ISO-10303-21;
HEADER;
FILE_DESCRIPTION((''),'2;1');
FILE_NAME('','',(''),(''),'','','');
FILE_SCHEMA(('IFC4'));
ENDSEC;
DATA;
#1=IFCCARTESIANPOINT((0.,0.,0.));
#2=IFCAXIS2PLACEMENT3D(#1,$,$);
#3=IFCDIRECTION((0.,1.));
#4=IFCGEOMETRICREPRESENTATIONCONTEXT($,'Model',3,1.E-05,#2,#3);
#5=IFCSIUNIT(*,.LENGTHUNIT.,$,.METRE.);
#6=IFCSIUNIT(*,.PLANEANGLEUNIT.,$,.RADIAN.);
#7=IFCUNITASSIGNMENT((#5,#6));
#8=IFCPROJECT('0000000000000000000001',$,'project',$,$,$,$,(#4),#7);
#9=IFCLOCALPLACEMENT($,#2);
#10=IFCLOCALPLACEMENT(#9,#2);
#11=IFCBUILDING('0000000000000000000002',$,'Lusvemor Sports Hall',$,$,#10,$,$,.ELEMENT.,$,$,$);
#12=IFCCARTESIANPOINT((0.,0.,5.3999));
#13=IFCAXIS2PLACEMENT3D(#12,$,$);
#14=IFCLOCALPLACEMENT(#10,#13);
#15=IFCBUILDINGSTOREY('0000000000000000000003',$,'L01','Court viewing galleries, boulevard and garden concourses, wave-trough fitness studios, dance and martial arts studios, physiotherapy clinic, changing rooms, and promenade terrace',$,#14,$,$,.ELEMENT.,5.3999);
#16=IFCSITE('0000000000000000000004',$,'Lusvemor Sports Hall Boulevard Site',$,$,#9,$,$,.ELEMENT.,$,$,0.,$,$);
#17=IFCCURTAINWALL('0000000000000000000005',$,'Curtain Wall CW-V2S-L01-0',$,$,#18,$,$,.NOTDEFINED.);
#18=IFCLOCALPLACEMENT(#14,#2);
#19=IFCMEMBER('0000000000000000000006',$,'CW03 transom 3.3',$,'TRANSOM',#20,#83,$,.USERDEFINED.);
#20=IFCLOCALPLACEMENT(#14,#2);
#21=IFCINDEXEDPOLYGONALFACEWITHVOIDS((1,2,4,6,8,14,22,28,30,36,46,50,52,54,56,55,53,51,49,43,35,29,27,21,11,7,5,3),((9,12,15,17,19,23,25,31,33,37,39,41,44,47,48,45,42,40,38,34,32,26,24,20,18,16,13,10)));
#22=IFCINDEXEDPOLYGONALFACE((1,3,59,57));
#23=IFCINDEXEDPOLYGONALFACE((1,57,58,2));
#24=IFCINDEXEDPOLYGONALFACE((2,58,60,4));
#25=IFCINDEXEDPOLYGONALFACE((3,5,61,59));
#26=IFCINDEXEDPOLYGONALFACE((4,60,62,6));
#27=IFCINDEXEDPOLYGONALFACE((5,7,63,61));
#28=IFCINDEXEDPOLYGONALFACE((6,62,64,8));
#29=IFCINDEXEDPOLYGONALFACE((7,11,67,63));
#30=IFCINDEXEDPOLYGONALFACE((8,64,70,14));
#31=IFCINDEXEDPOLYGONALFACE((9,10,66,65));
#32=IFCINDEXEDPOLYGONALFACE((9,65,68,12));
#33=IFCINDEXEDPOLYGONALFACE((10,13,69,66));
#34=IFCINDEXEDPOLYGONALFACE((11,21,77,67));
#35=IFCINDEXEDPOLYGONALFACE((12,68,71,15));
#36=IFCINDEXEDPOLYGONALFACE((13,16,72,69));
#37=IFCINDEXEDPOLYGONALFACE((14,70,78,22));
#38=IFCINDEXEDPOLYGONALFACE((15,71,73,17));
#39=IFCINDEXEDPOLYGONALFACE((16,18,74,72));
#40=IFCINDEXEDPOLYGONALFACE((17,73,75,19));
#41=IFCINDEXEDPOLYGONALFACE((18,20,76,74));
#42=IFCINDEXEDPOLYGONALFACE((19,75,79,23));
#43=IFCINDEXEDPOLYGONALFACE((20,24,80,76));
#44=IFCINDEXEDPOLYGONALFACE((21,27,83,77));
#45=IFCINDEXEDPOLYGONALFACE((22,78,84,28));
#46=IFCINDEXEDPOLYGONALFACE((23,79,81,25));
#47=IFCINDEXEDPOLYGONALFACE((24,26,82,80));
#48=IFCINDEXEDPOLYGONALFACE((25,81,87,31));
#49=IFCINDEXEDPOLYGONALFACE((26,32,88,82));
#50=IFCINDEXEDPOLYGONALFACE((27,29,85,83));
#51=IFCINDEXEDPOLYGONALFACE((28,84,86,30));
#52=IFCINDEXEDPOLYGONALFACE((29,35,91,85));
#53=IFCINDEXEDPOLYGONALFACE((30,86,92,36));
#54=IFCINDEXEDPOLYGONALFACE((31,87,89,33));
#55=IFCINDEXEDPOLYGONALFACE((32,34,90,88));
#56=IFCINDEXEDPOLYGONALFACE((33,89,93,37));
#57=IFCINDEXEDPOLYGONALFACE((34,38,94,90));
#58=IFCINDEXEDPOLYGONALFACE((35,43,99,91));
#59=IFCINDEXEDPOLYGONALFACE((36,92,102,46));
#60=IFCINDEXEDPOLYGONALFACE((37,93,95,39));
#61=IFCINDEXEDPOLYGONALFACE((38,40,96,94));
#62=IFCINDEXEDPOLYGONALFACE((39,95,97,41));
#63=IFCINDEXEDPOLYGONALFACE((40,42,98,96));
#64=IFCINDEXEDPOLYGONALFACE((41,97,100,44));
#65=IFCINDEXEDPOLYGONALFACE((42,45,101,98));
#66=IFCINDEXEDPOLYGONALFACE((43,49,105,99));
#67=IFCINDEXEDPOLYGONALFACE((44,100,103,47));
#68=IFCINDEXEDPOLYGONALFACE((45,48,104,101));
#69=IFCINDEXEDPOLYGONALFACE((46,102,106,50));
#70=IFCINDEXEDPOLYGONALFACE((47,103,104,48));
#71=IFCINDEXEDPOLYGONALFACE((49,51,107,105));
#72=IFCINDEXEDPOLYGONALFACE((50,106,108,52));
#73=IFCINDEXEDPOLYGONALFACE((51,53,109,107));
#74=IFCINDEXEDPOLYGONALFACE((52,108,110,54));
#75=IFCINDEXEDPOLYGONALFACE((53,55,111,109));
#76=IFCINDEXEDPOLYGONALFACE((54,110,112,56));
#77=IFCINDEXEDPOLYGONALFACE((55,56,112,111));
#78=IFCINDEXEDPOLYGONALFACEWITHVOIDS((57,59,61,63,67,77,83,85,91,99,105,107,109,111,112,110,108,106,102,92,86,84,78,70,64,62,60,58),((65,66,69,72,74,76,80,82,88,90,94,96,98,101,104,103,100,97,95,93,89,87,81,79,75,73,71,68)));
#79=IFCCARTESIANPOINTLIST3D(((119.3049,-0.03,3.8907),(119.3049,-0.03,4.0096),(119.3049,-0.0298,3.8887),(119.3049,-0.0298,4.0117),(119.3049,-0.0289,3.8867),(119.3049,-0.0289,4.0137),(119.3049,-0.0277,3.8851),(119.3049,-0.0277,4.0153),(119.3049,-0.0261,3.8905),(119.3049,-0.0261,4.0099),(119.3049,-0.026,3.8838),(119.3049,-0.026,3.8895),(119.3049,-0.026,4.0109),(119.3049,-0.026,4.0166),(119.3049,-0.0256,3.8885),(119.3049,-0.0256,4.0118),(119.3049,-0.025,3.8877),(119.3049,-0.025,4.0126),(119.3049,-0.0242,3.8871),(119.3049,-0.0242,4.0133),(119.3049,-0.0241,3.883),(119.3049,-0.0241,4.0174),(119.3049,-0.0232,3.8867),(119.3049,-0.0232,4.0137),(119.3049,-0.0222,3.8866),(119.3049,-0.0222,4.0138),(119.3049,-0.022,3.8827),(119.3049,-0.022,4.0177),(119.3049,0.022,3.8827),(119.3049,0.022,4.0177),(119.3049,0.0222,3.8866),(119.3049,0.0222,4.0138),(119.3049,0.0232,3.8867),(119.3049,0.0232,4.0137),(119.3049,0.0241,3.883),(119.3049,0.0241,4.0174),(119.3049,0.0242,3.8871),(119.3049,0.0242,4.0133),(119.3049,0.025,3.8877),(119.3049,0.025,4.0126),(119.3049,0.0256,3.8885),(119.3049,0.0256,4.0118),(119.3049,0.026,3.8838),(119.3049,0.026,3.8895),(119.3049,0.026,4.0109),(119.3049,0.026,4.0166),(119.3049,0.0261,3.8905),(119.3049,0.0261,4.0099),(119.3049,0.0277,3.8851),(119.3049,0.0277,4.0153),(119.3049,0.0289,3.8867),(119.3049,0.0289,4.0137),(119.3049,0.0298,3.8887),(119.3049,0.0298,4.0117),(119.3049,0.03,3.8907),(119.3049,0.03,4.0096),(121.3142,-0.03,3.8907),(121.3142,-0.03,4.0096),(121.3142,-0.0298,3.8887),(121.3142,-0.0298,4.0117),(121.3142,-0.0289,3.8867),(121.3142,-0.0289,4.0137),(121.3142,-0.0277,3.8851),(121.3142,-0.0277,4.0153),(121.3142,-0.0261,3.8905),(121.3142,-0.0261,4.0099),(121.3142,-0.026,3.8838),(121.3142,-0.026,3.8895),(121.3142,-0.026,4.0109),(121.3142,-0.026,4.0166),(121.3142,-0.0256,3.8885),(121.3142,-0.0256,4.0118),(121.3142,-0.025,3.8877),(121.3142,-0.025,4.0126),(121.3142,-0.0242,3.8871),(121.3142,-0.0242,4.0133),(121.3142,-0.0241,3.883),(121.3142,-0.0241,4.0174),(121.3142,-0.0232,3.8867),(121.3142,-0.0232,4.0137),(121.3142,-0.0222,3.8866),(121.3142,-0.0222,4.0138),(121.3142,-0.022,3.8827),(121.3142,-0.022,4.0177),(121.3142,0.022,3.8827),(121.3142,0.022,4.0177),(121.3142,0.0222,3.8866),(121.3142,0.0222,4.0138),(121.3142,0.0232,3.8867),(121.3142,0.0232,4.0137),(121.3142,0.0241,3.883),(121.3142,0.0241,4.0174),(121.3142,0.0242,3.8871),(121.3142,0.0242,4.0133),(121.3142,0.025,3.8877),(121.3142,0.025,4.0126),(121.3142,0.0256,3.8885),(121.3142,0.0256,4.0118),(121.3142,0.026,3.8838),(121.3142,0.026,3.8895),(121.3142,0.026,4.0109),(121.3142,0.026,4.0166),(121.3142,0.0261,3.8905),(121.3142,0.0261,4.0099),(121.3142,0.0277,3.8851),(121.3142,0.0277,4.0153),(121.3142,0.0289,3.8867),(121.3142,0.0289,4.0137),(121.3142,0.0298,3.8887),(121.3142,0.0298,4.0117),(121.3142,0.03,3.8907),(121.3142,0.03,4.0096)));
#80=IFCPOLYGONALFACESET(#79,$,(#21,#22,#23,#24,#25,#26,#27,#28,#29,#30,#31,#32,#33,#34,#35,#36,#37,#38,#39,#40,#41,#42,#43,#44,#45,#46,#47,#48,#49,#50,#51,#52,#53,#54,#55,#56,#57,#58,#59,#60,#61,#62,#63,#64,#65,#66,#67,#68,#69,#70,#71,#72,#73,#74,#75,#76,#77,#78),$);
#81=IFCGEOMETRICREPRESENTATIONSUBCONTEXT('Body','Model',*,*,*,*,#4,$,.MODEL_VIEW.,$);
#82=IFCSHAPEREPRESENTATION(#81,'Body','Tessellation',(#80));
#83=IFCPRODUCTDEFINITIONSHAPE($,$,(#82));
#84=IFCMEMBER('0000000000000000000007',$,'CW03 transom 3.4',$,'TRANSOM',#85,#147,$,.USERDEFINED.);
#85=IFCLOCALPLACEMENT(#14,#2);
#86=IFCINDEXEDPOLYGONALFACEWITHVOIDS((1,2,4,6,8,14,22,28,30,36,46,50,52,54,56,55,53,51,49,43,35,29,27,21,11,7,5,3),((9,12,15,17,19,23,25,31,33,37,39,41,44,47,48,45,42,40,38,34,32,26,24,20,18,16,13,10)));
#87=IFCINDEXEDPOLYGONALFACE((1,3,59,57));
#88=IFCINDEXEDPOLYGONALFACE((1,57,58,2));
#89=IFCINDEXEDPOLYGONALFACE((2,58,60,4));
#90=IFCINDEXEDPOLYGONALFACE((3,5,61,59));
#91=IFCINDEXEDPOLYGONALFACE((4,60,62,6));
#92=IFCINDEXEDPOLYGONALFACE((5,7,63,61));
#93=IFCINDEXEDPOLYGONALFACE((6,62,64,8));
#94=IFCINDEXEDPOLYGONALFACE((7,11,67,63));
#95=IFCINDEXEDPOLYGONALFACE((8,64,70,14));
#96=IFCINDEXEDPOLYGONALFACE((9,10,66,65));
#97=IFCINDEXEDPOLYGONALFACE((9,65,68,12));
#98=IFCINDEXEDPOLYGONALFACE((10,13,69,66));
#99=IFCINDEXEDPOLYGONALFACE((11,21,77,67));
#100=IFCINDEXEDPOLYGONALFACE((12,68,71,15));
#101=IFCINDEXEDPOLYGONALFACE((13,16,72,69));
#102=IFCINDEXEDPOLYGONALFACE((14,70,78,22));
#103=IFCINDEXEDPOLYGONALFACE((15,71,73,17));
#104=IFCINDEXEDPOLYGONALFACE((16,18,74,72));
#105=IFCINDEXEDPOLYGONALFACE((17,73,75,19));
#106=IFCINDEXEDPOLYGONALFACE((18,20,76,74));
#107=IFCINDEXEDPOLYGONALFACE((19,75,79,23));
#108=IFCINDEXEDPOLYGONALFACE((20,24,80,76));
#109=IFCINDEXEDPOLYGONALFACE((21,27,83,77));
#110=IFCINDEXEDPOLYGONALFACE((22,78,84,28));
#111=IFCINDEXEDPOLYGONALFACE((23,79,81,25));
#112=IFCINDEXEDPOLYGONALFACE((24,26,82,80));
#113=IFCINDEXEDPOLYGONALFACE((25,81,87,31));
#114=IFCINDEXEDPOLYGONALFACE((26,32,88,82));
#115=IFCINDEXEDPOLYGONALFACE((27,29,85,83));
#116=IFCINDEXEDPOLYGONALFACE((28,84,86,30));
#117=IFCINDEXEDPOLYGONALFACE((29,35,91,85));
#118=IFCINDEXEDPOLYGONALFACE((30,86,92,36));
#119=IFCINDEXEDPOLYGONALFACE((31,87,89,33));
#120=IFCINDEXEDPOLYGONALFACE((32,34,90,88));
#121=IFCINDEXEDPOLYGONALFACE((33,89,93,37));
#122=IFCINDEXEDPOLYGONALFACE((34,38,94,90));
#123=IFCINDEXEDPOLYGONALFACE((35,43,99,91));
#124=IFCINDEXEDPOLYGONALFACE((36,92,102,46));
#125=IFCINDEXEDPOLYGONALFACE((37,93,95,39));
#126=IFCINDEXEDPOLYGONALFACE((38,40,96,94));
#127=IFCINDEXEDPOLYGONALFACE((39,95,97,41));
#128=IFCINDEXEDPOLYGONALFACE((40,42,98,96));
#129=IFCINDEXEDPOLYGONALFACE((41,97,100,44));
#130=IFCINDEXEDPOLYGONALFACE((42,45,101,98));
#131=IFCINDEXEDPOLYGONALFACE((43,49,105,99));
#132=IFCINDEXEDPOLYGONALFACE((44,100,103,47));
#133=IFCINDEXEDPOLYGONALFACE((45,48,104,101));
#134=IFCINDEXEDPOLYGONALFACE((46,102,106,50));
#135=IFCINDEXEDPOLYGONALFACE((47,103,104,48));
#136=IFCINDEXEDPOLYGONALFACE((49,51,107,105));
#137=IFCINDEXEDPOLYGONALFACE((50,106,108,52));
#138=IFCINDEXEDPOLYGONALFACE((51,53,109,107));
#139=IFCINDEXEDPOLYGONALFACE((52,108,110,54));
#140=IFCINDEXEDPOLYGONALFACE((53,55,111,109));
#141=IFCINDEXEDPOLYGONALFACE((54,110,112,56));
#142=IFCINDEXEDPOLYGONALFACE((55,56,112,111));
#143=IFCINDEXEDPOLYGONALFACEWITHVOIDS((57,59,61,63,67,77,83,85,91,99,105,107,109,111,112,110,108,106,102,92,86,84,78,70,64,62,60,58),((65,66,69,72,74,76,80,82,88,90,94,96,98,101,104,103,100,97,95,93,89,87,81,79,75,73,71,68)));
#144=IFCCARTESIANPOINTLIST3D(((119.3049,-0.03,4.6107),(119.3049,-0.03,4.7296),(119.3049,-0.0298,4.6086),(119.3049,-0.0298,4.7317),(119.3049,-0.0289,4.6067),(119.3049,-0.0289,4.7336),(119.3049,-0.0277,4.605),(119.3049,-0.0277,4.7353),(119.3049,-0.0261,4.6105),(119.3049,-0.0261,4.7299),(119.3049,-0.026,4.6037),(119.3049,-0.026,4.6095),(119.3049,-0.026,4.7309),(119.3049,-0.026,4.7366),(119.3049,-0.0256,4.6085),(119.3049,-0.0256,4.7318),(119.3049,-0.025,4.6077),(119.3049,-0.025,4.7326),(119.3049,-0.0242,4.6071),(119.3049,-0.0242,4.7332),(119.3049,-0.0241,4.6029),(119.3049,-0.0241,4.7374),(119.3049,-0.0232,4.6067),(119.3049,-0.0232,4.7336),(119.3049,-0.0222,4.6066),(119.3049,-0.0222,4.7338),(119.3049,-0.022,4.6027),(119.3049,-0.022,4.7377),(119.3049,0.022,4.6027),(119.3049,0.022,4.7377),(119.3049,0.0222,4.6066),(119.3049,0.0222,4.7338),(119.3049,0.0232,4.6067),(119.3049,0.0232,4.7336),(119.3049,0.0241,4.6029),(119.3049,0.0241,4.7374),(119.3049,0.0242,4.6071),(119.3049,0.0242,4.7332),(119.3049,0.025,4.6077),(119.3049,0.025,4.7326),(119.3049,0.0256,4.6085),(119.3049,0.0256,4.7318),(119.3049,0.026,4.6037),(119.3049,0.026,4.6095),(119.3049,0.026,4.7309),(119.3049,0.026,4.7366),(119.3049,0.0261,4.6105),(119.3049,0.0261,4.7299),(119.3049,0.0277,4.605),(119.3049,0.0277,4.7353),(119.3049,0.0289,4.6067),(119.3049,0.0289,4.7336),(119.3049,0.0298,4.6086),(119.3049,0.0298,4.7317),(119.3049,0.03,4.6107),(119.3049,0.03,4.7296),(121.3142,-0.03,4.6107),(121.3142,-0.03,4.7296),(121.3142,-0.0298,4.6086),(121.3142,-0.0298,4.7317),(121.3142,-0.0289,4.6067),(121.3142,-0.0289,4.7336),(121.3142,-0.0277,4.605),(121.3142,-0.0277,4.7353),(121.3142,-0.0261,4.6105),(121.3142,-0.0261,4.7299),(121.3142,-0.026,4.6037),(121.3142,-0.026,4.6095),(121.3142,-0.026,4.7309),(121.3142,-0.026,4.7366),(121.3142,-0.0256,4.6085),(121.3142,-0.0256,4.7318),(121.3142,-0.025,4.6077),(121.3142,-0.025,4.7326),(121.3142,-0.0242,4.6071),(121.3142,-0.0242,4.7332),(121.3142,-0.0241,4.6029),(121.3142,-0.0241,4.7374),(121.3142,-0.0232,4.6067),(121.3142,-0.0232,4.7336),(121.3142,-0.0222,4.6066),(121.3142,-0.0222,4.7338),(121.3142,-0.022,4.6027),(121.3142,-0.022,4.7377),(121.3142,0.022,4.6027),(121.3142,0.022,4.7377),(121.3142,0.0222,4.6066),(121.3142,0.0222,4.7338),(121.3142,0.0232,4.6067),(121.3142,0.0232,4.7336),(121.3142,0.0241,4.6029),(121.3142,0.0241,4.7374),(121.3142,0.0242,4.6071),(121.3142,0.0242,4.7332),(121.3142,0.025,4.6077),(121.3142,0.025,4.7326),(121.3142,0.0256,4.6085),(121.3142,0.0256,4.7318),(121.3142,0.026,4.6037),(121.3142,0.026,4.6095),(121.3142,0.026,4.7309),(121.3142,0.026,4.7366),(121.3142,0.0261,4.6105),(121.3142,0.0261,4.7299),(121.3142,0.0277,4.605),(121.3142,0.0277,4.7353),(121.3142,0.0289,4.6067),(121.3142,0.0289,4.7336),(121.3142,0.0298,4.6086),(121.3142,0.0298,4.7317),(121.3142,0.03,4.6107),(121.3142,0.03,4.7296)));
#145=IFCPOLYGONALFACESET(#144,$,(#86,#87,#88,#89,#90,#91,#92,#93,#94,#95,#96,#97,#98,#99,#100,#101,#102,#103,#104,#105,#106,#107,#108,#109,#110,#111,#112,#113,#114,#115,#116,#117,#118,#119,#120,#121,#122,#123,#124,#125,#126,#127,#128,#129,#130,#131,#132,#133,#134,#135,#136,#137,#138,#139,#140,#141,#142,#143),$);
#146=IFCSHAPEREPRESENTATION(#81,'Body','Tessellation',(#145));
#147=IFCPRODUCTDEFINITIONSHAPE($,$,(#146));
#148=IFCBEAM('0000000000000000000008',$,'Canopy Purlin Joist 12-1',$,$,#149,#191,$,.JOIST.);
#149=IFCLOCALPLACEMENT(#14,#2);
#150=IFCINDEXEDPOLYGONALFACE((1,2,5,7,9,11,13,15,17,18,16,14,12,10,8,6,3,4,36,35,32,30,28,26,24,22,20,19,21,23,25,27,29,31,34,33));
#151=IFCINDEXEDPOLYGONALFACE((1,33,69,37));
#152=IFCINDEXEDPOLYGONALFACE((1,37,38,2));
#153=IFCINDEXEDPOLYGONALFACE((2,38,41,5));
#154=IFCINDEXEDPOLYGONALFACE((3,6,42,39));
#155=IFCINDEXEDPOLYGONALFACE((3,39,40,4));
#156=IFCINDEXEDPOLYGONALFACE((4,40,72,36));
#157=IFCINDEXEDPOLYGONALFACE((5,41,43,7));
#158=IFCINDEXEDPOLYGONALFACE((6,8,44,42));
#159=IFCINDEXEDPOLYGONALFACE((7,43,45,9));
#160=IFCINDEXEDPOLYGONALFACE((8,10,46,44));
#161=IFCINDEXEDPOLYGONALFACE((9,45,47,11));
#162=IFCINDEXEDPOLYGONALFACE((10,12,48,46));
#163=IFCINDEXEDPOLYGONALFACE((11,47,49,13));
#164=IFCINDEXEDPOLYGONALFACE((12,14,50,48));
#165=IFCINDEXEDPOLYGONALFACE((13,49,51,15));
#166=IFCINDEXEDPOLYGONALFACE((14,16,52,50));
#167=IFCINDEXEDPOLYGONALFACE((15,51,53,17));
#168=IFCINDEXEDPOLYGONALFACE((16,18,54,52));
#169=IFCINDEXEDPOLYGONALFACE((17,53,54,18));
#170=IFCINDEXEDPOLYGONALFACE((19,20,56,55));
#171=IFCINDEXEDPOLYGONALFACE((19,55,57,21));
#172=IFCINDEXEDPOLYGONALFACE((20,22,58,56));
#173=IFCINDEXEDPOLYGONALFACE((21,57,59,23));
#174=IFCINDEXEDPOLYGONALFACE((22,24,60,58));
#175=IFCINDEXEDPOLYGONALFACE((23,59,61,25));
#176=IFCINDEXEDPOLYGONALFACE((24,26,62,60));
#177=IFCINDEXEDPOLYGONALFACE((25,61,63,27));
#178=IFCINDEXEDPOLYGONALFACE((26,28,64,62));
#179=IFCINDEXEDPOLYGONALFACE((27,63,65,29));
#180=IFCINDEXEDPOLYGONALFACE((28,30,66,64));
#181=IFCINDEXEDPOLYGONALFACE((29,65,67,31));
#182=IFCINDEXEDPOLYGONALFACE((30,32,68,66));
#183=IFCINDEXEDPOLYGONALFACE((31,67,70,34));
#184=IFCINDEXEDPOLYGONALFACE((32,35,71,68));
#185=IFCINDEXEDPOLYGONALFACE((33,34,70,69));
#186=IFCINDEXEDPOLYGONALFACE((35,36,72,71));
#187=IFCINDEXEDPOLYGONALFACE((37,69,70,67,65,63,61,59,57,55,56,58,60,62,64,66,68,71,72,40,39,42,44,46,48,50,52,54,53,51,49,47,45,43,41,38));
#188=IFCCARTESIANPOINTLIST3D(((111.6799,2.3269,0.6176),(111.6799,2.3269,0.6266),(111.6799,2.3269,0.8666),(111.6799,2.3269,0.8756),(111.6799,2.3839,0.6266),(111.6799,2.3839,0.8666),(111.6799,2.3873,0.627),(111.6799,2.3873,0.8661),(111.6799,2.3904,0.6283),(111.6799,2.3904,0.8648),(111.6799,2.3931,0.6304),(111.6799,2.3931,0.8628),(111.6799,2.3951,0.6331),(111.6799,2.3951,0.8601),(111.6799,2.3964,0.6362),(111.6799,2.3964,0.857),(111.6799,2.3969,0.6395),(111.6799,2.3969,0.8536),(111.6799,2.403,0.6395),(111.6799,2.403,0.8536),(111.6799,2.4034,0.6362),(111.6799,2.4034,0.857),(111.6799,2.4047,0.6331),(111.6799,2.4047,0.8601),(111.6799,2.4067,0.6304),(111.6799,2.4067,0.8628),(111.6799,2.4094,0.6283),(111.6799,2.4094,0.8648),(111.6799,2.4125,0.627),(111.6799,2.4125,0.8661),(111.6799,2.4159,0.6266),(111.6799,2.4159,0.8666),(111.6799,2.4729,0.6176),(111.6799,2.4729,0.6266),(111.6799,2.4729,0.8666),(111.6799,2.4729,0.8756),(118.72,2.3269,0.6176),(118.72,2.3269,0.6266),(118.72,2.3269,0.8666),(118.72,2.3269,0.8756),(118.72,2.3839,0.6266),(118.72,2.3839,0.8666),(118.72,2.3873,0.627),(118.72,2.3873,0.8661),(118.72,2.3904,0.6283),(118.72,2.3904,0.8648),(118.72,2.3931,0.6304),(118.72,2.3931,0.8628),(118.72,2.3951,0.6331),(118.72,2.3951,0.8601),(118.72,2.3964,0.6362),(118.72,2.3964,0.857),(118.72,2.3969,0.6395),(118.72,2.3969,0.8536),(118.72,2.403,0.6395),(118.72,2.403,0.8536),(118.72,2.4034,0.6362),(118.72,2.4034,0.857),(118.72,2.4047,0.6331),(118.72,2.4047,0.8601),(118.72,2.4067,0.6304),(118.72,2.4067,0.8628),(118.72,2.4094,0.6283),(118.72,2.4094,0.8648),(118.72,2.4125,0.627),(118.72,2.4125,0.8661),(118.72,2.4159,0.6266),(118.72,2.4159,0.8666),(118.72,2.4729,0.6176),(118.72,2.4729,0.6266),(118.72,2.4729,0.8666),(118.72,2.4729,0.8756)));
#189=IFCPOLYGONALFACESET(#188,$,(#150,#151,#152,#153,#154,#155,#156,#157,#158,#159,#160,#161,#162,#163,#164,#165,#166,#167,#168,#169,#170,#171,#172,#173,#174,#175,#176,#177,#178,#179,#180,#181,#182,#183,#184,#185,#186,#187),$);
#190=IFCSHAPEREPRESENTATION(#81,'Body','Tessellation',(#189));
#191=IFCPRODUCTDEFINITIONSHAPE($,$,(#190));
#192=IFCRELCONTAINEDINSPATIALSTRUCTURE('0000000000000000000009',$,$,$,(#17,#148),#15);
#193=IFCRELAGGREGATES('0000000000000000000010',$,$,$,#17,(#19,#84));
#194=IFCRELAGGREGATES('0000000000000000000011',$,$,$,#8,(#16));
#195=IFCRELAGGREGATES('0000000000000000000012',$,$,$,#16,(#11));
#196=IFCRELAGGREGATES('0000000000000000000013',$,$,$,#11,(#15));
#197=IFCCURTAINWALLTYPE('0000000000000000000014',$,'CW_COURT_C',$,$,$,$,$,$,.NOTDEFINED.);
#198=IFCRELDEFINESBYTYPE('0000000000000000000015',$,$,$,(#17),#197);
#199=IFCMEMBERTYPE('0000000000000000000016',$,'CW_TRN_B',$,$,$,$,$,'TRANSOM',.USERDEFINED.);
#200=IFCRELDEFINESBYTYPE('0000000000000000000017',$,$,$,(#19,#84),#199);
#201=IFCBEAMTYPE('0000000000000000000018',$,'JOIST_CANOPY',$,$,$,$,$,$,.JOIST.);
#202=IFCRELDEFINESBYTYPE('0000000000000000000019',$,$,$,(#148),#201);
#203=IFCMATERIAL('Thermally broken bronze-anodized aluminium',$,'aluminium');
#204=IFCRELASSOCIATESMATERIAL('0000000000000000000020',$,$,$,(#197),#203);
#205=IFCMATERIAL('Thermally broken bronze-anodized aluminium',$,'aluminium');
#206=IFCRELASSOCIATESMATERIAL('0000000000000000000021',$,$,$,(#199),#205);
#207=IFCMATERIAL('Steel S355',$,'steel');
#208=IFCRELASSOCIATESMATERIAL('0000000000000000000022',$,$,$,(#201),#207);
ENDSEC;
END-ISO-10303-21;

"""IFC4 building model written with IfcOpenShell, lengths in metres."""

from ifc_helpers import new_model, si_unit, direction, frame, origin, origin_2d, place, context, subcontext, project, spatial, hollow_rectangle, i_section, extrude, material, material_profile, profile_set, type_object, element, aggregate, save


model = new_model("IFC4")

# Units and contexts
model_context = context("Model", 3, precision=1e-05, world=origin(), true_north=direction((0.0, 1.0)))
body_context = subcontext(model_context, "Body", "Model", "MODEL_VIEW")
ifc_project = project(units=[si_unit("LENGTHUNIT", "METRE"), si_unit("PLANEANGLEUNIT", "RADIAN")], contexts=[model_context])

# Site, building, storey
site_placement = place(None, origin())
site = spatial("IfcSite", under=ifc_project, at=site_placement, Name="Lusvemor Sports Hall Boulevard Site", CompositionType="ELEMENT", RefElevation=0.0)
building_placement = place(site_placement, origin())
building = spatial("IfcBuilding", under=site, at=building_placement, Name="Lusvemor Sports Hall", CompositionType="ELEMENT")
storey_placement = place(building_placement, frame((0.0, 0.0, 5.3999)))
storey = spatial("IfcBuildingStorey", under=building, at=storey_placement, Name="L01", Description="Court viewing galleries, boulevard and garden concourses, wave-trough fitness studios, dance and martial arts studios, physiotherapy clinic, changing rooms, and promenade terrace", CompositionType="ELEMENT", Elevation=5.3999)

# Curtain wall, members
ifc_material_1 = material(Name="Thermally broken bronze-anodized aluminium", Category="aluminium")
curtain_wall_type = type_object("IfcCurtainWallType", Name="CW_COURT_C", PredefinedType="NOTDEFINED", material=ifc_material_1)
curtain_wall_placement = place(storey_placement, origin())
curtain_wall = element("IfcCurtainWall", 1, at=curtain_wall_placement, inside=storey, type_object=curtain_wall_type, Name="Curtain Wall CW-V2S-L01-0", PredefinedType="NOTDEFINED")
ifc_material_2 = material(Name="Thermally broken bronze-anodized aluminium", Category="aluminium")
ifc_material_profile_1 = material_profile(ifc_material_2, hollow_rectangle(XDim=0.0601, YDim=0.135, WallThickness=0.0039, InnerFilletRadius=0.0039, OuterFilletRadius=0.0081, at=origin_2d()), Name="CWTRN135x60x4")
ifc_profile_set_1 = profile_set([ifc_material_profile_1], Name="Thermally broken bronze-anodized aluminium")
member_type_1 = type_object("IfcMemberType", Name="CW_TRN_B", ElementType="TRANSOM", PredefinedType="USERDEFINED", material=ifc_profile_set_1)
member_1_placement = place(storey_placement, frame((121.3142, 0.0, 3.9502), z_axis=(-1.0, 0.0, 0.0), x_axis=(0.0, -1.0, 0.0)))
member_1 = element("IfcMember", 2, at=member_1_placement, type_object=member_type_1, Name="CW03 transom 3.3", ObjectType="TRANSOM", PredefinedType="USERDEFINED", context=body_context, shape_type="SweptSolid", body=[
    extrude(hollow_rectangle(XDim=0.0601, YDim=0.135, WallThickness=0.0039, InnerFilletRadius=0.0039, OuterFilletRadius=0.0081, at=origin_2d()), origin(), (0.0, 0.0, 1.0), 2.0093),
])
member_2_placement = place(storey_placement, frame((121.3142, 0.0, 4.6702), z_axis=(-1.0, 0.0, 0.0), x_axis=(0.0, -1.0, 0.0)))
member_2 = element("IfcMember", 3, at=member_2_placement, type_object=member_type_1, Name="CW03 transom 3.4", ObjectType="TRANSOM", PredefinedType="USERDEFINED", context=body_context, shape_type="SweptSolid", body=[
    extrude(hollow_rectangle(XDim=0.0601, YDim=0.135, WallThickness=0.0039, InnerFilletRadius=0.0039, OuterFilletRadius=0.0081, at=origin_2d()), origin(), (0.0, 0.0, 1.0), 2.0093),
])

# Beam
ifc_material_3 = material(Name="Steel S355", Category="steel")
ifc_material_profile_2 = material_profile(ifc_material_3, i_section(OverallWidth=0.146, OverallDepth=0.2581, WebThickness=0.0061, FlangeThickness=0.009, FilletRadius=0.0129, at=origin_2d()), Name="W250x32.7")
ifc_profile_set_2 = profile_set([ifc_material_profile_2], Name="Steel S355")
beam_type_1 = type_object("IfcBeamType", Name="JOIST_CANOPY", PredefinedType="JOIST", material=ifc_profile_set_2)
for number, where, z_axis, x_axis, name in (
    (4, (111.6799, 2.3999, 0.7466), (1.0, 0.0, 0.0), (0.0, 1.0, 0.0), "Canopy Purlin Joist 12-1"),
):
    element("IfcBeam", number, at=place(storey_placement, frame(where, z_axis=z_axis, x_axis=x_axis)), inside=storey, type_object=beam_type_1, Name=name, PredefinedType="JOIST", context=body_context, shape_type="SweptSolid", body=[
        extrude(i_section(OverallWidth=0.146, OverallDepth=0.2581, WebThickness=0.0061, FlangeThickness=0.009, FilletRadius=0.0129, at=origin_2d()), origin(), (0.0, 0.0, 1.0), 7.04),
    ])

aggregate(curtain_wall, [member_1, member_2])

save(model, "model.ifc")
